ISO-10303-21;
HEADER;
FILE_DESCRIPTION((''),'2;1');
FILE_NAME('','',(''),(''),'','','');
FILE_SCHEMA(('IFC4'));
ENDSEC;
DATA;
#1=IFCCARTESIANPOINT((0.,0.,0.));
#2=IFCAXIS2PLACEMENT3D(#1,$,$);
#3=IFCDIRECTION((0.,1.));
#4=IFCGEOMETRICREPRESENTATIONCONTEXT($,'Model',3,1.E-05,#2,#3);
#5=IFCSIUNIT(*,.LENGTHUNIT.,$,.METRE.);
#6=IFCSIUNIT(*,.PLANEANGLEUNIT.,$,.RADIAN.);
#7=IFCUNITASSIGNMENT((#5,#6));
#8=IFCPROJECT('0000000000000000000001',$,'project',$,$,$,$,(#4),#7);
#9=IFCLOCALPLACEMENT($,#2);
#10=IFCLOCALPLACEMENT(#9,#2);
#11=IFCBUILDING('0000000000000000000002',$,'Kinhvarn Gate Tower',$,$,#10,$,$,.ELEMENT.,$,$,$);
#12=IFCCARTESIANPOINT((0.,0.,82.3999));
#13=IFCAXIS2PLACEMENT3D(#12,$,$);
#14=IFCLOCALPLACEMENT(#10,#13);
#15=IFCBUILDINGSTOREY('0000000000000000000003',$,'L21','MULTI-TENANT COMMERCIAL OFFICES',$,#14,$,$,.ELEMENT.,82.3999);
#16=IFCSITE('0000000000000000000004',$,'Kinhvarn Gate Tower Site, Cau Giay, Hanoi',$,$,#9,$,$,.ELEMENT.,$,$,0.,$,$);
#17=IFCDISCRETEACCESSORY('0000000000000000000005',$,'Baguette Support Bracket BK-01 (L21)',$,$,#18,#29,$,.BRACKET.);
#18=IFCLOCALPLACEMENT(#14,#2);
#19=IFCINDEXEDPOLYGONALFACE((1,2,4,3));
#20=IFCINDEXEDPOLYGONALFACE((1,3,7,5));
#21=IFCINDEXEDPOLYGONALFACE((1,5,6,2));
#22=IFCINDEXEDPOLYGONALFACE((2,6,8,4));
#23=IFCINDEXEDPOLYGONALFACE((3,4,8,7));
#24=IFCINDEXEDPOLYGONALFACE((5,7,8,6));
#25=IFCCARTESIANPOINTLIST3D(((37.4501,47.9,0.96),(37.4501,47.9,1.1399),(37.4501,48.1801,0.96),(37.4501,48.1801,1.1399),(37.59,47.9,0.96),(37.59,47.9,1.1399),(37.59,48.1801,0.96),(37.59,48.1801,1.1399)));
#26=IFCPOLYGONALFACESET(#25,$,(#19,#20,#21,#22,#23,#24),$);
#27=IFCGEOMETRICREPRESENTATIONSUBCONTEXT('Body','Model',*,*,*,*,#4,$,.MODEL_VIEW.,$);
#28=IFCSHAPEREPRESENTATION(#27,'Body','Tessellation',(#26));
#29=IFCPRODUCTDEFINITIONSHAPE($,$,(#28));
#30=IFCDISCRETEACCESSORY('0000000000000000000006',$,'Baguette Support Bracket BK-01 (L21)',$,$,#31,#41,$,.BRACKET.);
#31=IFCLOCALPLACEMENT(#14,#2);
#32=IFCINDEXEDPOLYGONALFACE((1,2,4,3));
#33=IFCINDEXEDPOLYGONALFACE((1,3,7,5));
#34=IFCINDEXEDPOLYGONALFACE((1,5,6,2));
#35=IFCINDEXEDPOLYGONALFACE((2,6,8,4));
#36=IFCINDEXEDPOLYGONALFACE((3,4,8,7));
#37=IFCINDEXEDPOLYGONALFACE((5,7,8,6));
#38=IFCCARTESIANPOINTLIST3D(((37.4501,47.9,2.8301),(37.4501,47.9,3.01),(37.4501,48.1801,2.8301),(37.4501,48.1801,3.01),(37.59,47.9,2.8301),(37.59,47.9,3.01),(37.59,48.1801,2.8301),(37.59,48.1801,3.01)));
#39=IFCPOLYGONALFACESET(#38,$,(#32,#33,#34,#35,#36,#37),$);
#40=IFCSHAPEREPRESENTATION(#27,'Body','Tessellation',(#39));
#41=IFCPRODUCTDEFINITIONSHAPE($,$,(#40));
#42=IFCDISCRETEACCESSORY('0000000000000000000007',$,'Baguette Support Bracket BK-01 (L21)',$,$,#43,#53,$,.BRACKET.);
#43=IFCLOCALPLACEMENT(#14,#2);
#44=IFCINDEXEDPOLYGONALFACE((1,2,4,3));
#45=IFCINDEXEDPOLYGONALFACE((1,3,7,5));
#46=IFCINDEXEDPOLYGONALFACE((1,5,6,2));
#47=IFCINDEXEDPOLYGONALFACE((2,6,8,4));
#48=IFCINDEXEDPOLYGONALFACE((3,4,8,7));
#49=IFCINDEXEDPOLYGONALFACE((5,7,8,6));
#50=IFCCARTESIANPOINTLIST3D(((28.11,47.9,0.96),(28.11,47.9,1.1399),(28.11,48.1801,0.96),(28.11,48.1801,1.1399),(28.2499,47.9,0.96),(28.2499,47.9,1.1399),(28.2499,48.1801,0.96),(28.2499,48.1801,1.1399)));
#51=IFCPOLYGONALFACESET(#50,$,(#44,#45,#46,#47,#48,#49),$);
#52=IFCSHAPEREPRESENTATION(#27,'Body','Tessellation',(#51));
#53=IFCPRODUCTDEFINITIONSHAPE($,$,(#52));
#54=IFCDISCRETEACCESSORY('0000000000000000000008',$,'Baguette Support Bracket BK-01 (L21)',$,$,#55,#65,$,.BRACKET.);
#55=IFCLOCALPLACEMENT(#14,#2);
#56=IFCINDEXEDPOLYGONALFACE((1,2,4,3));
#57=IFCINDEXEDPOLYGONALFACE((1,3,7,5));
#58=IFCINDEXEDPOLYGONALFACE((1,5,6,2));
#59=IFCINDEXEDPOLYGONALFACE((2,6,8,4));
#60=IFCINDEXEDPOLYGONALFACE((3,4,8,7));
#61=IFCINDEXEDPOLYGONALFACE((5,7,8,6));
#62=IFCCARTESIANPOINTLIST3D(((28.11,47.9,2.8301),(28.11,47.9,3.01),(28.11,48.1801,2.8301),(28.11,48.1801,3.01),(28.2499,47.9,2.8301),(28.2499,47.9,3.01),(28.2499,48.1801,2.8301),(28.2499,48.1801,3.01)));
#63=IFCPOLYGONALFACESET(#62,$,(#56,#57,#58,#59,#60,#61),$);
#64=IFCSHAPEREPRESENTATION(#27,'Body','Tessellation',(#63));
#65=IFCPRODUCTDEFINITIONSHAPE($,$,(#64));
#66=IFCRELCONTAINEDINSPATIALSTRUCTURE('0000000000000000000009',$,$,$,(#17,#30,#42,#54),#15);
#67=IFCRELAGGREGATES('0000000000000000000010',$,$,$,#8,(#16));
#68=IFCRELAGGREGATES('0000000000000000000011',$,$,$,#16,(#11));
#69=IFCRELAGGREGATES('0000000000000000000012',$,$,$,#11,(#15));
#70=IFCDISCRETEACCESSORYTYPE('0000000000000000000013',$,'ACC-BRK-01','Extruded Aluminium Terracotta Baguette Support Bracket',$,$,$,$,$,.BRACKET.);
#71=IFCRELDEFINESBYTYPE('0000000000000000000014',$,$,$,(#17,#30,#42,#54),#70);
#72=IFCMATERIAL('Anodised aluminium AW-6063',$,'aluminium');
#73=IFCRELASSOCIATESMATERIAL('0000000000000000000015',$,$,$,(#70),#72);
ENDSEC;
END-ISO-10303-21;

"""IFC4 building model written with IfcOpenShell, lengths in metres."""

from ifc_helpers import new_model, si_unit, direction, frame, origin, origin_2d, place, context, subcontext, project, spatial, rectangle, extrude, material, type_object, element, save


model = new_model("IFC4")

# Units and contexts
model_context = context("Model", 3, precision=1e-05, world=origin(), true_north=direction((0.0, 1.0)))
body_context = subcontext(model_context, "Body", "Model", "MODEL_VIEW")
ifc_project = project(units=[si_unit("LENGTHUNIT", "METRE"), si_unit("PLANEANGLEUNIT", "RADIAN")], contexts=[model_context])

# Site, building, storey
site_placement = place(None, origin())
site = spatial("IfcSite", under=ifc_project, at=site_placement, Name="Kinhvarn Gate Tower Site, Cau Giay, Hanoi", CompositionType="ELEMENT", RefElevation=0.0)
building_placement = place(site_placement, origin())
building = spatial("IfcBuilding", under=site, at=building_placement, Name="Kinhvarn Gate Tower", CompositionType="ELEMENT")
storey_placement = place(building_placement, frame((0.0, 0.0, 82.3999)))
storey = spatial("IfcBuildingStorey", under=building, at=storey_placement, Name="L21", Description="MULTI-TENANT COMMERCIAL OFFICES", CompositionType="ELEMENT", Elevation=82.3999)

# Shared definitions
ifc_material_1 = material(Name="Anodised aluminium AW-6063", Category="aluminium")

# Discrete accessories
discrete_accessory_type = type_object("IfcDiscreteAccessoryType", Name="ACC-BRK-01", Description="Extruded Aluminium Terracotta Baguette Support Bracket", PredefinedType="BRACKET", material=ifc_material_1)
for number, where, z_axis, x_axis, name in (
    (1, (37.52, 48.04, 0.96), (0.0, 0.0, 1.0), (-1.0, 0.0, 0.0), "Baguette Support Bracket BK-01 (L21)"),
    (2, (37.52, 48.04, 2.8301), (0.0, 0.0, 1.0), (-1.0, 0.0, 0.0), "Baguette Support Bracket BK-01 (L21)"),
    (3, (28.1799, 48.04, 0.96), (0.0, 0.0, 1.0), (-1.0, 0.0, 0.0), "Baguette Support Bracket BK-01 (L21)"),
    (4, (28.1799, 48.04, 2.8301), (0.0, 0.0, 1.0), (-1.0, 0.0, 0.0), "Baguette Support Bracket BK-01 (L21)"),
):
    element("IfcDiscreteAccessory", number, at=place(storey_placement, frame(where, z_axis=z_axis, x_axis=x_axis)), inside=storey, type_object=discrete_accessory_type, Name=name, PredefinedType="BRACKET", context=body_context, shape_type="SweptSolid", body=[
        extrude(rectangle(XDim=0.1399, YDim=0.28, at=origin_2d()), origin(), (0.0, 0.0, 1.0), 0.1799),
    ])

save(model, "model.ifc")
